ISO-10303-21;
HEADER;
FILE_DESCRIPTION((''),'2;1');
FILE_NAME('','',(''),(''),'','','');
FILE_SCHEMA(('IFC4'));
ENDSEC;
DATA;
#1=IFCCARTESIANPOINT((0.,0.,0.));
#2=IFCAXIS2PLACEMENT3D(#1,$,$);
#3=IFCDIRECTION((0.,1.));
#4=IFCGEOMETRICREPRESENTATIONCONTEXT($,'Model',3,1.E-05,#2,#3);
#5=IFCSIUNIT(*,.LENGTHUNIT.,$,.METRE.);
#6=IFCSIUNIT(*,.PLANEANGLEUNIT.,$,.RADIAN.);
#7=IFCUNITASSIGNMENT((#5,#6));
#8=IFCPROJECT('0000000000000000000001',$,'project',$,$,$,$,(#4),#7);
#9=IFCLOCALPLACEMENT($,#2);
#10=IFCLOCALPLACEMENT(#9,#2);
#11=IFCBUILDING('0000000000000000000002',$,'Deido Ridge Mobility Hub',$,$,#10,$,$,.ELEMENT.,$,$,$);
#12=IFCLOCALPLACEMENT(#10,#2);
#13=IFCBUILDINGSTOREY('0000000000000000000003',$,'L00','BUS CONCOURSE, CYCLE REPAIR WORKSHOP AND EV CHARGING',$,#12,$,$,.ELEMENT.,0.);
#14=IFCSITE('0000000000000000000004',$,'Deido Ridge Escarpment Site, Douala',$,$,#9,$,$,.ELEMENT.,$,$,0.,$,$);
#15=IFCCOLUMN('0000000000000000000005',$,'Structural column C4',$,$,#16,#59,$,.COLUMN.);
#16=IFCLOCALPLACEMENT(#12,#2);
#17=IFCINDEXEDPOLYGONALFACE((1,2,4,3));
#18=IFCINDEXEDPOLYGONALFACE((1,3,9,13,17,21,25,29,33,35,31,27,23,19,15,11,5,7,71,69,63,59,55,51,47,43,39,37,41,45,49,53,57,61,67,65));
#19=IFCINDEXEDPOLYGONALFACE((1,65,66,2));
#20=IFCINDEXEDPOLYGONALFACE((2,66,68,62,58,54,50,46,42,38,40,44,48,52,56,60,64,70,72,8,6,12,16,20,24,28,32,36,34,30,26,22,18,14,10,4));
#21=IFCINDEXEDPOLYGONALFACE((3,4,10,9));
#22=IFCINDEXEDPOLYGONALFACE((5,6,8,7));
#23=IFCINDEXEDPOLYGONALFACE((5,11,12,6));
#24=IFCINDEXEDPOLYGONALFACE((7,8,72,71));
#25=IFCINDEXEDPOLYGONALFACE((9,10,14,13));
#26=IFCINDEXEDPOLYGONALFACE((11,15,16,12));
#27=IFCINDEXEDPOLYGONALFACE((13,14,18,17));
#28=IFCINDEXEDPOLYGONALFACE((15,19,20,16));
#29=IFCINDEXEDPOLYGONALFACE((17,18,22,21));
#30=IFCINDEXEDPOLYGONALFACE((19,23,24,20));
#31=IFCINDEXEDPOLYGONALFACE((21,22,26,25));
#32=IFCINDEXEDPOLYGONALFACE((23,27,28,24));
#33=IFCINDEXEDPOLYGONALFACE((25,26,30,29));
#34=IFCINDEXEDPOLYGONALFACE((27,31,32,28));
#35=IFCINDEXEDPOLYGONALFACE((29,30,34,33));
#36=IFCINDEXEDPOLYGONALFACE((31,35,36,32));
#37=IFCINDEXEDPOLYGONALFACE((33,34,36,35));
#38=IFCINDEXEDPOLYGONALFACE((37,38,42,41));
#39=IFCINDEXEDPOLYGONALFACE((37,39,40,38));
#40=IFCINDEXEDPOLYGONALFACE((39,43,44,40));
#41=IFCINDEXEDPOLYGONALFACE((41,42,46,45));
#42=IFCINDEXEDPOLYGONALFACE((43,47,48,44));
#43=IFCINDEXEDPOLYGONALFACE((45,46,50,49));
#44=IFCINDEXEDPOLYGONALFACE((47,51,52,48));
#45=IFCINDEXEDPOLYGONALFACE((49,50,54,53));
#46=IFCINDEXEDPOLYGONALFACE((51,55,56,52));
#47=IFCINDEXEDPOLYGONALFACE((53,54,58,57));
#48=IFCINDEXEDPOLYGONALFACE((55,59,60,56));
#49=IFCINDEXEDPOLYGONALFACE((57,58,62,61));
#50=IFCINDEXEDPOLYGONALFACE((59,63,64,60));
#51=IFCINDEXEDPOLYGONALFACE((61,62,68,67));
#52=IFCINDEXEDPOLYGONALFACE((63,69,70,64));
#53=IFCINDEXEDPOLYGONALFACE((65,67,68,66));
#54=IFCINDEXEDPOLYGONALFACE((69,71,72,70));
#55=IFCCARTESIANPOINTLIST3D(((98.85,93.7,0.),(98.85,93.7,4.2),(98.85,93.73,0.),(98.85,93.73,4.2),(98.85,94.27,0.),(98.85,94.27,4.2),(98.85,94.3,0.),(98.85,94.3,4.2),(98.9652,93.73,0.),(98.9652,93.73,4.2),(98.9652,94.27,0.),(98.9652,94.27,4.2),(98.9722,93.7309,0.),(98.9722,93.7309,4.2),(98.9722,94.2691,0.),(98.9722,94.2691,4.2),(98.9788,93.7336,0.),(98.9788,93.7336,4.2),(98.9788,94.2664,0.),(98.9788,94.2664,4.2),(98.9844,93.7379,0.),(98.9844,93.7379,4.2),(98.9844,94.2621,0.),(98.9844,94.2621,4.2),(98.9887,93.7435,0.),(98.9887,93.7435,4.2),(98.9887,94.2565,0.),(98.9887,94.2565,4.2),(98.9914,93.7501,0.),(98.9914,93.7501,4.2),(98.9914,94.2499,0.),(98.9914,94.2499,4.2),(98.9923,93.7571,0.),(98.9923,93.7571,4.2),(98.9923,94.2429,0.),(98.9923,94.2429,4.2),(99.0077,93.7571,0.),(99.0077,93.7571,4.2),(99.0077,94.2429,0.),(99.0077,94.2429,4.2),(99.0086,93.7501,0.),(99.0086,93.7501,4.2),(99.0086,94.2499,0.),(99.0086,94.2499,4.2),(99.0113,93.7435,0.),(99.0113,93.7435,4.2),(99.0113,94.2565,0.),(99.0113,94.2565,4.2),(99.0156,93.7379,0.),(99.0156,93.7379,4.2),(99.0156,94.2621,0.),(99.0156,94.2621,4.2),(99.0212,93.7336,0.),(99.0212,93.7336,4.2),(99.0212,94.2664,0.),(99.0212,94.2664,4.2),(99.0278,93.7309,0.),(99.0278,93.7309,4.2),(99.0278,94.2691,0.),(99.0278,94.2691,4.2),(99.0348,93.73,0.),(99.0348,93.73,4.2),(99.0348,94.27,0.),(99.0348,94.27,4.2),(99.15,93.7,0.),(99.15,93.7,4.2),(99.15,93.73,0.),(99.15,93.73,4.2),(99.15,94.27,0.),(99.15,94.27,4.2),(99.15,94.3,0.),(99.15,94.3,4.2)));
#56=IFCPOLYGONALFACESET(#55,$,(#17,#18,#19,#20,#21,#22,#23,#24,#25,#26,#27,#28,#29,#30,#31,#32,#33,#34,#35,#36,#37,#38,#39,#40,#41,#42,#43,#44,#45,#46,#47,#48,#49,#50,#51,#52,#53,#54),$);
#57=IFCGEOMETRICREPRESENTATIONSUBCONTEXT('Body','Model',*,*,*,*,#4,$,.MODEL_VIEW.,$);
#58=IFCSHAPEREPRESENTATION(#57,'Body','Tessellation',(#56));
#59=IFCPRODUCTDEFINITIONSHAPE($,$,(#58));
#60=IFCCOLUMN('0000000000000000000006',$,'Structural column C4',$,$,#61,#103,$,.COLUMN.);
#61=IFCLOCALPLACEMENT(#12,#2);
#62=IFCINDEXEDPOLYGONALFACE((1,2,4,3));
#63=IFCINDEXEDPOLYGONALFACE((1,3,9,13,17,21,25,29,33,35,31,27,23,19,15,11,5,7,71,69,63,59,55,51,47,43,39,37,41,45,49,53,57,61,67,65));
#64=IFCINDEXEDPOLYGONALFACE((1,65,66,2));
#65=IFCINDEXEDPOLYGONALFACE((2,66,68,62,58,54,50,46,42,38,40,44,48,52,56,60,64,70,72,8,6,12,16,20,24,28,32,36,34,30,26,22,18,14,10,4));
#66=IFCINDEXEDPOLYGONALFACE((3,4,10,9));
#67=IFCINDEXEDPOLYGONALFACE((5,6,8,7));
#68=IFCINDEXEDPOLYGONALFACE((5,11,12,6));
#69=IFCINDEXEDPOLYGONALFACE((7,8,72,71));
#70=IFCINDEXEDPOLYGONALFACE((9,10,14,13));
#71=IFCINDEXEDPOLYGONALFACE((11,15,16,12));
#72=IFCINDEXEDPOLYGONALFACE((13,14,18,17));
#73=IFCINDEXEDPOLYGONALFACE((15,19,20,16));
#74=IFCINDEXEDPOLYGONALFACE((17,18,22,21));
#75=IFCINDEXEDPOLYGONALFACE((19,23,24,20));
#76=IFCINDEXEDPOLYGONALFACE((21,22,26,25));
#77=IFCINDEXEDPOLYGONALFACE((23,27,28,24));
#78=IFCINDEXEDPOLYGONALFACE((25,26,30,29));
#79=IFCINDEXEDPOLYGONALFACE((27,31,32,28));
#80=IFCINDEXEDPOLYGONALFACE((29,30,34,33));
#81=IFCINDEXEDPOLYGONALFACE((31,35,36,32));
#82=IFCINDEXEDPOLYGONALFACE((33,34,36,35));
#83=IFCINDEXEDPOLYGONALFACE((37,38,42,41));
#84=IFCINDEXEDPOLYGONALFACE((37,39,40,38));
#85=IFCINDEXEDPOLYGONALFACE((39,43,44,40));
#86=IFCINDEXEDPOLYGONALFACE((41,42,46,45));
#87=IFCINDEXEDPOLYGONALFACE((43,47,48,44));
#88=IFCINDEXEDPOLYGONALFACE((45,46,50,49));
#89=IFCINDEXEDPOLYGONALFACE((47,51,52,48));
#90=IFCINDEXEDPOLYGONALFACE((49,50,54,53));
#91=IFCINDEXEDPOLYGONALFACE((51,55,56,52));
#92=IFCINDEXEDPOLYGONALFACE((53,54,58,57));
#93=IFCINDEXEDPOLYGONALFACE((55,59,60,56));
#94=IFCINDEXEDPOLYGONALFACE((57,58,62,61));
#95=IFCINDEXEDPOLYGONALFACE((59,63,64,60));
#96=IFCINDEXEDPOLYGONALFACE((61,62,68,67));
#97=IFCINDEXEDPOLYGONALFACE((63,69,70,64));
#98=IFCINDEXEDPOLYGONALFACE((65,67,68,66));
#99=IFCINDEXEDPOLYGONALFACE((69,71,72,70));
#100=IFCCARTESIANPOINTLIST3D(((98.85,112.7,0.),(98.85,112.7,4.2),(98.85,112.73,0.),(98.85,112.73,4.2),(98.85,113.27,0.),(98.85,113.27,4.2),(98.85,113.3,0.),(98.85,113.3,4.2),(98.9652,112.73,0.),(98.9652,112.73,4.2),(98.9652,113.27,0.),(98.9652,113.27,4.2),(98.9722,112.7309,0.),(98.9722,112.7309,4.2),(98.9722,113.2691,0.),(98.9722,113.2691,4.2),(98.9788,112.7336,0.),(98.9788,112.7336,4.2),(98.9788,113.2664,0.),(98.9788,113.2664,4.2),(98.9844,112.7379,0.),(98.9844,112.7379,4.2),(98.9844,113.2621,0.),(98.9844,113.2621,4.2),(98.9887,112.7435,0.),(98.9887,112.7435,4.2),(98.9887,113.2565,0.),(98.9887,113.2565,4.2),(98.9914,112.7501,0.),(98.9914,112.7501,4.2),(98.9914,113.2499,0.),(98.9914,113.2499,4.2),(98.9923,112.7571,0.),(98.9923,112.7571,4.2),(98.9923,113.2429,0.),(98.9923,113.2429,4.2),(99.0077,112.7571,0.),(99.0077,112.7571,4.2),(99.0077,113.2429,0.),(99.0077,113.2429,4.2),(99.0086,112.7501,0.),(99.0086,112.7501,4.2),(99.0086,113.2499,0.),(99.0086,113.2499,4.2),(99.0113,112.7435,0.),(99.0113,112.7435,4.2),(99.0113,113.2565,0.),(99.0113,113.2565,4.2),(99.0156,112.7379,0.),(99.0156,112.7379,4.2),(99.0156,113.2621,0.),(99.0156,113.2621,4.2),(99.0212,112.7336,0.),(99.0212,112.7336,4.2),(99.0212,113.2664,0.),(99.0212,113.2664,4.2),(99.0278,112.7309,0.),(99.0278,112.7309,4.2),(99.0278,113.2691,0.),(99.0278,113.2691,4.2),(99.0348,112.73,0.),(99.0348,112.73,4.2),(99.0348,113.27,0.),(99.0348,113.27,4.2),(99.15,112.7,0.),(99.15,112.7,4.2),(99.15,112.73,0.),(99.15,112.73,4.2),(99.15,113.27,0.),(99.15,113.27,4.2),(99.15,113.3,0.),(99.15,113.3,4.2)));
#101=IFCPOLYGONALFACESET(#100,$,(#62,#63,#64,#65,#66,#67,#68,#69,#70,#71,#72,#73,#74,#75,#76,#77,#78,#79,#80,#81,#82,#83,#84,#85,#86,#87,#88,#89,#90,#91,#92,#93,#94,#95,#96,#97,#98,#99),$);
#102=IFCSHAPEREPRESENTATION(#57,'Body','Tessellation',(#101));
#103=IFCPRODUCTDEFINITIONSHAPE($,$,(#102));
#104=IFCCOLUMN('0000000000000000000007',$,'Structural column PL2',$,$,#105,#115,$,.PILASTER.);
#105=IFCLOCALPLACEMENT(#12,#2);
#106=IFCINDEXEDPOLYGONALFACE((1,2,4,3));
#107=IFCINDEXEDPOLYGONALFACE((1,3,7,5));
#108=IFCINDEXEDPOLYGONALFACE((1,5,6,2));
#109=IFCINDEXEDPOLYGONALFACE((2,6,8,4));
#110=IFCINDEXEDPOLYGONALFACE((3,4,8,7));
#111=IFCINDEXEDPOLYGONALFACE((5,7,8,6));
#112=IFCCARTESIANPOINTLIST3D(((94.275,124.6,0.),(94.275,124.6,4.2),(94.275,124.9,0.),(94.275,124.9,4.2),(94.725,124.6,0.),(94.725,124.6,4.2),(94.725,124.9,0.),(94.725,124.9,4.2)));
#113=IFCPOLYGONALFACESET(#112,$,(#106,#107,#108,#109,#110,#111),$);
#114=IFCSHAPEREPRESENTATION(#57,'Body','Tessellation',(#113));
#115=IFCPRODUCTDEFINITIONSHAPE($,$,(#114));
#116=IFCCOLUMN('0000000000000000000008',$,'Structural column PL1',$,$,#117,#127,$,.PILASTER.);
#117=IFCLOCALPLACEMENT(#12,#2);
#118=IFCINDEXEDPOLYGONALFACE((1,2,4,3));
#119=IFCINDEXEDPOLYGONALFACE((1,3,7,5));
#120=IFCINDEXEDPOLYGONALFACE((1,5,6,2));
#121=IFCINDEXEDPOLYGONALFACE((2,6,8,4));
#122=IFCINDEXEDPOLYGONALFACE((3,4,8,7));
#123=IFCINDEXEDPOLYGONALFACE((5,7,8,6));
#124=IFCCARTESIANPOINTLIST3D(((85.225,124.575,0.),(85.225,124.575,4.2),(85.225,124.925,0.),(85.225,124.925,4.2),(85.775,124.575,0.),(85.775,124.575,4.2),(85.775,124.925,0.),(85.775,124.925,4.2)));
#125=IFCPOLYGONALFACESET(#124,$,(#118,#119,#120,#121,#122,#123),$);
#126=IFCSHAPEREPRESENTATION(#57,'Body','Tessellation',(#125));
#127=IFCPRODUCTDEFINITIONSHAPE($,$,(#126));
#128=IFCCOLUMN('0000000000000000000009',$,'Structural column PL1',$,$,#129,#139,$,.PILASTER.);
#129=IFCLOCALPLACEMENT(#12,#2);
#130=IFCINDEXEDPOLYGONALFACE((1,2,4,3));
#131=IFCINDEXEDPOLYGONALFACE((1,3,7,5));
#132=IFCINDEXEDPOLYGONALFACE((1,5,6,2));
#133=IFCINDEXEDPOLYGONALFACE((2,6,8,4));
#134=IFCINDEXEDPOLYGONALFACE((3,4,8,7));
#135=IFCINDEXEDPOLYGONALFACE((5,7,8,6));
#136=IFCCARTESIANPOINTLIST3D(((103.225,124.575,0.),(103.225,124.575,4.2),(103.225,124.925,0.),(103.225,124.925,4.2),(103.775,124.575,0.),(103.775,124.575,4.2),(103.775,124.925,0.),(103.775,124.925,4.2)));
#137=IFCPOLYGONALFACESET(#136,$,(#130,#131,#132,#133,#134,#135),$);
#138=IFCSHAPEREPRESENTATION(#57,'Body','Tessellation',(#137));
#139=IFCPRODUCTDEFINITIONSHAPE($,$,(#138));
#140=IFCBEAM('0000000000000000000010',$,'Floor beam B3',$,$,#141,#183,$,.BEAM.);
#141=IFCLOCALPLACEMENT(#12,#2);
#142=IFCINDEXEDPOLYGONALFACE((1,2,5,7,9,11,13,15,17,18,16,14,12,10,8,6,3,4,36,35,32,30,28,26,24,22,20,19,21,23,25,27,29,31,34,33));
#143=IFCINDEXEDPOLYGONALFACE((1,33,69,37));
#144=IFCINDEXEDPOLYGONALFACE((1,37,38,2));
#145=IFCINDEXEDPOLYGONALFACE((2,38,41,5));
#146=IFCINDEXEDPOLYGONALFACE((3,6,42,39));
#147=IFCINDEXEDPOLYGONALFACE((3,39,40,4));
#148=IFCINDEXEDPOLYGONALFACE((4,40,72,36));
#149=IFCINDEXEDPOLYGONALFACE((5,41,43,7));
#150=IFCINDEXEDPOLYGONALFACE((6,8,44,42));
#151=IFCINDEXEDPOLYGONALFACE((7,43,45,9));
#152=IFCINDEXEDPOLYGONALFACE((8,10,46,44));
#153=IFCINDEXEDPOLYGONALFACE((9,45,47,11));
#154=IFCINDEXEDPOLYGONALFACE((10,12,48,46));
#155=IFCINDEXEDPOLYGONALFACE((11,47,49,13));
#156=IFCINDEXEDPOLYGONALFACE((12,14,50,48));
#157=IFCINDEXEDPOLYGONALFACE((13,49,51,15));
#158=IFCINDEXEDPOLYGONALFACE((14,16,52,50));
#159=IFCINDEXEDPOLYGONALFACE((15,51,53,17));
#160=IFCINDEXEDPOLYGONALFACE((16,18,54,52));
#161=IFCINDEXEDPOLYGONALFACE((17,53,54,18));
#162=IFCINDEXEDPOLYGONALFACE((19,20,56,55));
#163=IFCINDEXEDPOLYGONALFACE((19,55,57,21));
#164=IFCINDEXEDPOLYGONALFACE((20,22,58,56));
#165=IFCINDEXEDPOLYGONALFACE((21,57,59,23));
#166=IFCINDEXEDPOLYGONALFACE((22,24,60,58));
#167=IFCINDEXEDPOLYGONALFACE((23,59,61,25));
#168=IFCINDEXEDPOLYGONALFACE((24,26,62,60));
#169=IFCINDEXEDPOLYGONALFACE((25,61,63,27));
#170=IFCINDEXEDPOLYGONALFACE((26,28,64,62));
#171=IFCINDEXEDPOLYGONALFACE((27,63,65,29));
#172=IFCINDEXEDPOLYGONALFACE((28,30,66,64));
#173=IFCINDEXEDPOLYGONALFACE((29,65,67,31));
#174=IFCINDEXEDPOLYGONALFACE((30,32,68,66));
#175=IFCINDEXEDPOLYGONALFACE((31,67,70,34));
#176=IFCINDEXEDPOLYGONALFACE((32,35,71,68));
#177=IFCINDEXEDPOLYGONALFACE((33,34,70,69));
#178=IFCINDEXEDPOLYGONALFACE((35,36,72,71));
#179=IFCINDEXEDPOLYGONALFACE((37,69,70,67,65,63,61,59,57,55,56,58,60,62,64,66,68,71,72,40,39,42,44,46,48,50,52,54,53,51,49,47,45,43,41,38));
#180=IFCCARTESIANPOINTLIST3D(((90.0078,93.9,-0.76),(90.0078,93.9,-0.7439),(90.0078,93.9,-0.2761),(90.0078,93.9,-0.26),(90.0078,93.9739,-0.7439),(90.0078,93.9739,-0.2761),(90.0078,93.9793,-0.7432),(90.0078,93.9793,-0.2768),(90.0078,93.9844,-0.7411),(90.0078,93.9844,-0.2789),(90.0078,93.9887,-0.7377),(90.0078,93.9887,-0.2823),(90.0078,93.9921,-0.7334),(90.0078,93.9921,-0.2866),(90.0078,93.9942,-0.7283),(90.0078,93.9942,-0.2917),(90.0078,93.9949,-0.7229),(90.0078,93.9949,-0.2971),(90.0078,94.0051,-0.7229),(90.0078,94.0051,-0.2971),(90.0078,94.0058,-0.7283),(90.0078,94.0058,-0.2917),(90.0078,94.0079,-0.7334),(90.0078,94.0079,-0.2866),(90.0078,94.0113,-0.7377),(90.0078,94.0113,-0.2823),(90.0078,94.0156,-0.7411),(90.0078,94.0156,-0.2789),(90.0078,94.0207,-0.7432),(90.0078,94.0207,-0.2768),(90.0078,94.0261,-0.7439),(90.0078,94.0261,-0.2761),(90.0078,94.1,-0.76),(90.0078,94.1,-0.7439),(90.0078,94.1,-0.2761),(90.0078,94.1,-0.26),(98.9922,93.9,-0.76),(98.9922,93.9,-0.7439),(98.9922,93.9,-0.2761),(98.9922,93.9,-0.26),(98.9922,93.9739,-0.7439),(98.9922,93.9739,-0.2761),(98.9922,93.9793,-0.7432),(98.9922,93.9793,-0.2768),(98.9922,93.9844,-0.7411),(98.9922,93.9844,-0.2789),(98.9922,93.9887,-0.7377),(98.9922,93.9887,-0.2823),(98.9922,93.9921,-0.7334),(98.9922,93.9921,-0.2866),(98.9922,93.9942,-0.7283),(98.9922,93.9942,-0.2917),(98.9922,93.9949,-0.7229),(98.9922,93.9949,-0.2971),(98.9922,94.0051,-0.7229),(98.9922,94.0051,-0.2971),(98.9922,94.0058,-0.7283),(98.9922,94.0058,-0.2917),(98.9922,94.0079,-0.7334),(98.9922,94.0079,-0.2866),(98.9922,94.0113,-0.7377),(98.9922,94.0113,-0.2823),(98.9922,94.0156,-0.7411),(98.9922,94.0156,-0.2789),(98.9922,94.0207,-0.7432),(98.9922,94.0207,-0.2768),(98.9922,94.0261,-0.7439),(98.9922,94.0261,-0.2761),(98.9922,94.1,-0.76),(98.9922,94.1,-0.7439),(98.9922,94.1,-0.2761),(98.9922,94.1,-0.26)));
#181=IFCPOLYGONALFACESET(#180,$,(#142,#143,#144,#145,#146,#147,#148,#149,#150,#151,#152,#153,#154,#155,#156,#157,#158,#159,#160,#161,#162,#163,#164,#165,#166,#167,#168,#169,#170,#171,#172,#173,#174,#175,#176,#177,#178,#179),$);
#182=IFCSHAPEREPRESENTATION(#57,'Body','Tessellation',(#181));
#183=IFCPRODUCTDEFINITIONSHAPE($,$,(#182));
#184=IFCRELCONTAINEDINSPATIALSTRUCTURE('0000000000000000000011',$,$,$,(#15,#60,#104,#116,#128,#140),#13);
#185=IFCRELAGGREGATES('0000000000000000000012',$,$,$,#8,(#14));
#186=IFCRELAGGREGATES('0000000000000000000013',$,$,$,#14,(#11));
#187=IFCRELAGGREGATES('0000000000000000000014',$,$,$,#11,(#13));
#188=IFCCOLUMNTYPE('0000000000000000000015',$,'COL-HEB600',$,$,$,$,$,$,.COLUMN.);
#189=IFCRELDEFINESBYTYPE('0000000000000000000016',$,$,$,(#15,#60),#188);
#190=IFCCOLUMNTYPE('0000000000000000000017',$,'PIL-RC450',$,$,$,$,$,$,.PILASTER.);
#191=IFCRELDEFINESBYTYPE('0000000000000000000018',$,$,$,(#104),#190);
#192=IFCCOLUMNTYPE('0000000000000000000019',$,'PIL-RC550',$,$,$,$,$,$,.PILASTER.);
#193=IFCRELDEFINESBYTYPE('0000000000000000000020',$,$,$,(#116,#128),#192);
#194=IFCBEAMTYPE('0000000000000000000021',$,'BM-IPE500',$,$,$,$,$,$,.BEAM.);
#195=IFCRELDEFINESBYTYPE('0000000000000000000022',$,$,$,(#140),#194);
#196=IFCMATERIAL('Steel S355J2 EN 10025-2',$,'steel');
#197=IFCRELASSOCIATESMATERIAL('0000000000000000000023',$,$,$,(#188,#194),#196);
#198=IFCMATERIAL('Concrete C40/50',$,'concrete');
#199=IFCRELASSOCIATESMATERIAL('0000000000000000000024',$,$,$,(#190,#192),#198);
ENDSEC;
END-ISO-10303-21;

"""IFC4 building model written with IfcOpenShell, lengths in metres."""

from ifc_helpers import new_model, si_unit, direction, frame, origin, origin_2d, place, context, subcontext, project, spatial, rectangle, i_section, extrude, material, material_profile, profile_set, type_object, element, save


model = new_model("IFC4")

# Units and contexts
model_context = context("Model", 3, precision=1e-05, world=origin(), true_north=direction((0.0, 1.0)))
body_context = subcontext(model_context, "Body", "Model", "MODEL_VIEW")
ifc_project = project(units=[si_unit("LENGTHUNIT", "METRE"), si_unit("PLANEANGLEUNIT", "RADIAN")], contexts=[model_context])

# Site, building, storey
site_placement = place(None, origin())
site = spatial("IfcSite", under=ifc_project, at=site_placement, Name="Deido Ridge Escarpment Site, Douala", CompositionType="ELEMENT", RefElevation=0.0)
building_placement = place(site_placement, origin())
building = spatial("IfcBuilding", under=site, at=building_placement, Name="Deido Ridge Mobility Hub", CompositionType="ELEMENT")
storey_placement = place(building_placement, origin())
storey = spatial("IfcBuildingStorey", under=building, at=storey_placement, Name="L00", Description="BUS CONCOURSE, CYCLE REPAIR WORKSHOP AND EV CHARGING", CompositionType="ELEMENT", Elevation=0.0)

# Columns
ifc_material_1 = material(Name="Steel S355J2 EN 10025-2", Category="steel")
ifc_material_profile_1 = material_profile(ifc_material_1, i_section(OverallWidth=0.3, OverallDepth=0.6001, WebThickness=0.0154, FlangeThickness=0.03, FilletRadius=0.0271, at=origin_2d()), Name="HEB 600")
ifc_profile_set_1 = profile_set([ifc_material_profile_1], Name="Steel S355J2 EN 10025-2")
column_type_1 = type_object("IfcColumnType", Name="COL-HEB600", PredefinedType="COLUMN", material=ifc_profile_set_1)
for number, where, z_axis, x_axis, name in (
    (1, (99.0, 94.0, 0.0), (0.0, 0.0, 1.0), (1.0, 0.0, 0.0), "Structural column C4"),
    (2, (99.0, 113.0, 0.0), (0.0, 0.0, 1.0), (1.0, 0.0, 0.0), "Structural column C4"),
):
    element("IfcColumn", number, at=place(storey_placement, frame(where, z_axis=z_axis, x_axis=x_axis)), inside=storey, type_object=column_type_1, Name=name, PredefinedType="COLUMN", context=body_context, shape_type="SweptSolid", body=[
        extrude(i_section(OverallWidth=0.3, OverallDepth=0.6001, WebThickness=0.0154, FlangeThickness=0.03, FilletRadius=0.0271, at=origin_2d()), origin(), (0.0, 0.0, 1.0), 4.2),
    ])
ifc_material_2 = material(Name="Concrete C40/50", Category="concrete")
ifc_material_profile_2 = material_profile(ifc_material_2, rectangle(XDim=0.45, YDim=0.3, at=origin_2d()), Name="RC PILASTER 450x300")
ifc_profile_set_2 = profile_set([ifc_material_profile_2], Name="Concrete C40/50")
column_type_2 = type_object("IfcColumnType", Name="PIL-RC450", PredefinedType="PILASTER", material=ifc_profile_set_2)
column_placement = place(storey_placement, frame((94.5, 124.75, 0.0), z_axis=(0.0, 0.0, 1.0), x_axis=(1.0, 0.0, 0.0)))
element("IfcColumn", 3, at=column_placement, inside=storey, type_object=column_type_2, Name="Structural column PL2", PredefinedType="PILASTER", context=body_context, shape_type="SweptSolid", body=[
    extrude(rectangle(XDim=0.45, YDim=0.3, at=origin_2d()), origin(), (0.0, 0.0, 1.0), 4.2),
])
ifc_material_profile_3 = material_profile(ifc_material_2, rectangle(XDim=0.55, YDim=0.3501, at=origin_2d()), Name="RC PILASTER 550x350")
ifc_profile_set_3 = profile_set([ifc_material_profile_3], Name="Concrete C40/50")
column_type_3 = type_object("IfcColumnType", Name="PIL-RC550", PredefinedType="PILASTER", material=ifc_profile_set_3)
for number, where, z_axis, x_axis, name in (
    (4, (85.5, 124.75, 0.0), (0.0, 0.0, 1.0), (1.0, 0.0, 0.0), "Structural column PL1"),
    (5, (103.5, 124.75, 0.0), (0.0, 0.0, 1.0), (1.0, 0.0, 0.0), "Structural column PL1"),
):
    element("IfcColumn", number, at=place(storey_placement, frame(where, z_axis=z_axis, x_axis=x_axis)), inside=storey, type_object=column_type_3, Name=name, PredefinedType="PILASTER", context=body_context, shape_type="SweptSolid", body=[
        extrude(rectangle(XDim=0.55, YDim=0.3501, at=origin_2d()), origin(), (0.0, 0.0, 1.0), 4.2),
    ])

# Beam
ifc_material_profile_4 = material_profile(ifc_material_1, i_section(OverallWidth=0.2, OverallDepth=0.5, WebThickness=0.0103, FlangeThickness=0.0161, FilletRadius=0.021, at=origin_2d()), Name="IPE 500")
ifc_profile_set_4 = profile_set([ifc_material_profile_4], Name="Steel S355J2 EN 10025-2")
beam_type_1 = type_object("IfcBeamType", Name="BM-IPE500", PredefinedType="BEAM", material=ifc_profile_set_4)
for number, where, z_axis, x_axis, name in (
    (6, (90.0078, 94.0, -0.51), (1.0, 0.0, 0.0), (0.0, 1.0, 0.0), "Floor beam B3"),
):
    element("IfcBeam", number, at=place(storey_placement, frame(where, z_axis=z_axis, x_axis=x_axis)), inside=storey, type_object=beam_type_1, Name=name, PredefinedType="BEAM", context=body_context, shape_type="SweptSolid", body=[
        extrude(i_section(OverallWidth=0.2, OverallDepth=0.5, WebThickness=0.0103, FlangeThickness=0.0161, FilletRadius=0.021, at=origin_2d()), origin(), (0.0, 0.0, 1.0), 8.9844),
    ])

save(model, "model.ifc")
